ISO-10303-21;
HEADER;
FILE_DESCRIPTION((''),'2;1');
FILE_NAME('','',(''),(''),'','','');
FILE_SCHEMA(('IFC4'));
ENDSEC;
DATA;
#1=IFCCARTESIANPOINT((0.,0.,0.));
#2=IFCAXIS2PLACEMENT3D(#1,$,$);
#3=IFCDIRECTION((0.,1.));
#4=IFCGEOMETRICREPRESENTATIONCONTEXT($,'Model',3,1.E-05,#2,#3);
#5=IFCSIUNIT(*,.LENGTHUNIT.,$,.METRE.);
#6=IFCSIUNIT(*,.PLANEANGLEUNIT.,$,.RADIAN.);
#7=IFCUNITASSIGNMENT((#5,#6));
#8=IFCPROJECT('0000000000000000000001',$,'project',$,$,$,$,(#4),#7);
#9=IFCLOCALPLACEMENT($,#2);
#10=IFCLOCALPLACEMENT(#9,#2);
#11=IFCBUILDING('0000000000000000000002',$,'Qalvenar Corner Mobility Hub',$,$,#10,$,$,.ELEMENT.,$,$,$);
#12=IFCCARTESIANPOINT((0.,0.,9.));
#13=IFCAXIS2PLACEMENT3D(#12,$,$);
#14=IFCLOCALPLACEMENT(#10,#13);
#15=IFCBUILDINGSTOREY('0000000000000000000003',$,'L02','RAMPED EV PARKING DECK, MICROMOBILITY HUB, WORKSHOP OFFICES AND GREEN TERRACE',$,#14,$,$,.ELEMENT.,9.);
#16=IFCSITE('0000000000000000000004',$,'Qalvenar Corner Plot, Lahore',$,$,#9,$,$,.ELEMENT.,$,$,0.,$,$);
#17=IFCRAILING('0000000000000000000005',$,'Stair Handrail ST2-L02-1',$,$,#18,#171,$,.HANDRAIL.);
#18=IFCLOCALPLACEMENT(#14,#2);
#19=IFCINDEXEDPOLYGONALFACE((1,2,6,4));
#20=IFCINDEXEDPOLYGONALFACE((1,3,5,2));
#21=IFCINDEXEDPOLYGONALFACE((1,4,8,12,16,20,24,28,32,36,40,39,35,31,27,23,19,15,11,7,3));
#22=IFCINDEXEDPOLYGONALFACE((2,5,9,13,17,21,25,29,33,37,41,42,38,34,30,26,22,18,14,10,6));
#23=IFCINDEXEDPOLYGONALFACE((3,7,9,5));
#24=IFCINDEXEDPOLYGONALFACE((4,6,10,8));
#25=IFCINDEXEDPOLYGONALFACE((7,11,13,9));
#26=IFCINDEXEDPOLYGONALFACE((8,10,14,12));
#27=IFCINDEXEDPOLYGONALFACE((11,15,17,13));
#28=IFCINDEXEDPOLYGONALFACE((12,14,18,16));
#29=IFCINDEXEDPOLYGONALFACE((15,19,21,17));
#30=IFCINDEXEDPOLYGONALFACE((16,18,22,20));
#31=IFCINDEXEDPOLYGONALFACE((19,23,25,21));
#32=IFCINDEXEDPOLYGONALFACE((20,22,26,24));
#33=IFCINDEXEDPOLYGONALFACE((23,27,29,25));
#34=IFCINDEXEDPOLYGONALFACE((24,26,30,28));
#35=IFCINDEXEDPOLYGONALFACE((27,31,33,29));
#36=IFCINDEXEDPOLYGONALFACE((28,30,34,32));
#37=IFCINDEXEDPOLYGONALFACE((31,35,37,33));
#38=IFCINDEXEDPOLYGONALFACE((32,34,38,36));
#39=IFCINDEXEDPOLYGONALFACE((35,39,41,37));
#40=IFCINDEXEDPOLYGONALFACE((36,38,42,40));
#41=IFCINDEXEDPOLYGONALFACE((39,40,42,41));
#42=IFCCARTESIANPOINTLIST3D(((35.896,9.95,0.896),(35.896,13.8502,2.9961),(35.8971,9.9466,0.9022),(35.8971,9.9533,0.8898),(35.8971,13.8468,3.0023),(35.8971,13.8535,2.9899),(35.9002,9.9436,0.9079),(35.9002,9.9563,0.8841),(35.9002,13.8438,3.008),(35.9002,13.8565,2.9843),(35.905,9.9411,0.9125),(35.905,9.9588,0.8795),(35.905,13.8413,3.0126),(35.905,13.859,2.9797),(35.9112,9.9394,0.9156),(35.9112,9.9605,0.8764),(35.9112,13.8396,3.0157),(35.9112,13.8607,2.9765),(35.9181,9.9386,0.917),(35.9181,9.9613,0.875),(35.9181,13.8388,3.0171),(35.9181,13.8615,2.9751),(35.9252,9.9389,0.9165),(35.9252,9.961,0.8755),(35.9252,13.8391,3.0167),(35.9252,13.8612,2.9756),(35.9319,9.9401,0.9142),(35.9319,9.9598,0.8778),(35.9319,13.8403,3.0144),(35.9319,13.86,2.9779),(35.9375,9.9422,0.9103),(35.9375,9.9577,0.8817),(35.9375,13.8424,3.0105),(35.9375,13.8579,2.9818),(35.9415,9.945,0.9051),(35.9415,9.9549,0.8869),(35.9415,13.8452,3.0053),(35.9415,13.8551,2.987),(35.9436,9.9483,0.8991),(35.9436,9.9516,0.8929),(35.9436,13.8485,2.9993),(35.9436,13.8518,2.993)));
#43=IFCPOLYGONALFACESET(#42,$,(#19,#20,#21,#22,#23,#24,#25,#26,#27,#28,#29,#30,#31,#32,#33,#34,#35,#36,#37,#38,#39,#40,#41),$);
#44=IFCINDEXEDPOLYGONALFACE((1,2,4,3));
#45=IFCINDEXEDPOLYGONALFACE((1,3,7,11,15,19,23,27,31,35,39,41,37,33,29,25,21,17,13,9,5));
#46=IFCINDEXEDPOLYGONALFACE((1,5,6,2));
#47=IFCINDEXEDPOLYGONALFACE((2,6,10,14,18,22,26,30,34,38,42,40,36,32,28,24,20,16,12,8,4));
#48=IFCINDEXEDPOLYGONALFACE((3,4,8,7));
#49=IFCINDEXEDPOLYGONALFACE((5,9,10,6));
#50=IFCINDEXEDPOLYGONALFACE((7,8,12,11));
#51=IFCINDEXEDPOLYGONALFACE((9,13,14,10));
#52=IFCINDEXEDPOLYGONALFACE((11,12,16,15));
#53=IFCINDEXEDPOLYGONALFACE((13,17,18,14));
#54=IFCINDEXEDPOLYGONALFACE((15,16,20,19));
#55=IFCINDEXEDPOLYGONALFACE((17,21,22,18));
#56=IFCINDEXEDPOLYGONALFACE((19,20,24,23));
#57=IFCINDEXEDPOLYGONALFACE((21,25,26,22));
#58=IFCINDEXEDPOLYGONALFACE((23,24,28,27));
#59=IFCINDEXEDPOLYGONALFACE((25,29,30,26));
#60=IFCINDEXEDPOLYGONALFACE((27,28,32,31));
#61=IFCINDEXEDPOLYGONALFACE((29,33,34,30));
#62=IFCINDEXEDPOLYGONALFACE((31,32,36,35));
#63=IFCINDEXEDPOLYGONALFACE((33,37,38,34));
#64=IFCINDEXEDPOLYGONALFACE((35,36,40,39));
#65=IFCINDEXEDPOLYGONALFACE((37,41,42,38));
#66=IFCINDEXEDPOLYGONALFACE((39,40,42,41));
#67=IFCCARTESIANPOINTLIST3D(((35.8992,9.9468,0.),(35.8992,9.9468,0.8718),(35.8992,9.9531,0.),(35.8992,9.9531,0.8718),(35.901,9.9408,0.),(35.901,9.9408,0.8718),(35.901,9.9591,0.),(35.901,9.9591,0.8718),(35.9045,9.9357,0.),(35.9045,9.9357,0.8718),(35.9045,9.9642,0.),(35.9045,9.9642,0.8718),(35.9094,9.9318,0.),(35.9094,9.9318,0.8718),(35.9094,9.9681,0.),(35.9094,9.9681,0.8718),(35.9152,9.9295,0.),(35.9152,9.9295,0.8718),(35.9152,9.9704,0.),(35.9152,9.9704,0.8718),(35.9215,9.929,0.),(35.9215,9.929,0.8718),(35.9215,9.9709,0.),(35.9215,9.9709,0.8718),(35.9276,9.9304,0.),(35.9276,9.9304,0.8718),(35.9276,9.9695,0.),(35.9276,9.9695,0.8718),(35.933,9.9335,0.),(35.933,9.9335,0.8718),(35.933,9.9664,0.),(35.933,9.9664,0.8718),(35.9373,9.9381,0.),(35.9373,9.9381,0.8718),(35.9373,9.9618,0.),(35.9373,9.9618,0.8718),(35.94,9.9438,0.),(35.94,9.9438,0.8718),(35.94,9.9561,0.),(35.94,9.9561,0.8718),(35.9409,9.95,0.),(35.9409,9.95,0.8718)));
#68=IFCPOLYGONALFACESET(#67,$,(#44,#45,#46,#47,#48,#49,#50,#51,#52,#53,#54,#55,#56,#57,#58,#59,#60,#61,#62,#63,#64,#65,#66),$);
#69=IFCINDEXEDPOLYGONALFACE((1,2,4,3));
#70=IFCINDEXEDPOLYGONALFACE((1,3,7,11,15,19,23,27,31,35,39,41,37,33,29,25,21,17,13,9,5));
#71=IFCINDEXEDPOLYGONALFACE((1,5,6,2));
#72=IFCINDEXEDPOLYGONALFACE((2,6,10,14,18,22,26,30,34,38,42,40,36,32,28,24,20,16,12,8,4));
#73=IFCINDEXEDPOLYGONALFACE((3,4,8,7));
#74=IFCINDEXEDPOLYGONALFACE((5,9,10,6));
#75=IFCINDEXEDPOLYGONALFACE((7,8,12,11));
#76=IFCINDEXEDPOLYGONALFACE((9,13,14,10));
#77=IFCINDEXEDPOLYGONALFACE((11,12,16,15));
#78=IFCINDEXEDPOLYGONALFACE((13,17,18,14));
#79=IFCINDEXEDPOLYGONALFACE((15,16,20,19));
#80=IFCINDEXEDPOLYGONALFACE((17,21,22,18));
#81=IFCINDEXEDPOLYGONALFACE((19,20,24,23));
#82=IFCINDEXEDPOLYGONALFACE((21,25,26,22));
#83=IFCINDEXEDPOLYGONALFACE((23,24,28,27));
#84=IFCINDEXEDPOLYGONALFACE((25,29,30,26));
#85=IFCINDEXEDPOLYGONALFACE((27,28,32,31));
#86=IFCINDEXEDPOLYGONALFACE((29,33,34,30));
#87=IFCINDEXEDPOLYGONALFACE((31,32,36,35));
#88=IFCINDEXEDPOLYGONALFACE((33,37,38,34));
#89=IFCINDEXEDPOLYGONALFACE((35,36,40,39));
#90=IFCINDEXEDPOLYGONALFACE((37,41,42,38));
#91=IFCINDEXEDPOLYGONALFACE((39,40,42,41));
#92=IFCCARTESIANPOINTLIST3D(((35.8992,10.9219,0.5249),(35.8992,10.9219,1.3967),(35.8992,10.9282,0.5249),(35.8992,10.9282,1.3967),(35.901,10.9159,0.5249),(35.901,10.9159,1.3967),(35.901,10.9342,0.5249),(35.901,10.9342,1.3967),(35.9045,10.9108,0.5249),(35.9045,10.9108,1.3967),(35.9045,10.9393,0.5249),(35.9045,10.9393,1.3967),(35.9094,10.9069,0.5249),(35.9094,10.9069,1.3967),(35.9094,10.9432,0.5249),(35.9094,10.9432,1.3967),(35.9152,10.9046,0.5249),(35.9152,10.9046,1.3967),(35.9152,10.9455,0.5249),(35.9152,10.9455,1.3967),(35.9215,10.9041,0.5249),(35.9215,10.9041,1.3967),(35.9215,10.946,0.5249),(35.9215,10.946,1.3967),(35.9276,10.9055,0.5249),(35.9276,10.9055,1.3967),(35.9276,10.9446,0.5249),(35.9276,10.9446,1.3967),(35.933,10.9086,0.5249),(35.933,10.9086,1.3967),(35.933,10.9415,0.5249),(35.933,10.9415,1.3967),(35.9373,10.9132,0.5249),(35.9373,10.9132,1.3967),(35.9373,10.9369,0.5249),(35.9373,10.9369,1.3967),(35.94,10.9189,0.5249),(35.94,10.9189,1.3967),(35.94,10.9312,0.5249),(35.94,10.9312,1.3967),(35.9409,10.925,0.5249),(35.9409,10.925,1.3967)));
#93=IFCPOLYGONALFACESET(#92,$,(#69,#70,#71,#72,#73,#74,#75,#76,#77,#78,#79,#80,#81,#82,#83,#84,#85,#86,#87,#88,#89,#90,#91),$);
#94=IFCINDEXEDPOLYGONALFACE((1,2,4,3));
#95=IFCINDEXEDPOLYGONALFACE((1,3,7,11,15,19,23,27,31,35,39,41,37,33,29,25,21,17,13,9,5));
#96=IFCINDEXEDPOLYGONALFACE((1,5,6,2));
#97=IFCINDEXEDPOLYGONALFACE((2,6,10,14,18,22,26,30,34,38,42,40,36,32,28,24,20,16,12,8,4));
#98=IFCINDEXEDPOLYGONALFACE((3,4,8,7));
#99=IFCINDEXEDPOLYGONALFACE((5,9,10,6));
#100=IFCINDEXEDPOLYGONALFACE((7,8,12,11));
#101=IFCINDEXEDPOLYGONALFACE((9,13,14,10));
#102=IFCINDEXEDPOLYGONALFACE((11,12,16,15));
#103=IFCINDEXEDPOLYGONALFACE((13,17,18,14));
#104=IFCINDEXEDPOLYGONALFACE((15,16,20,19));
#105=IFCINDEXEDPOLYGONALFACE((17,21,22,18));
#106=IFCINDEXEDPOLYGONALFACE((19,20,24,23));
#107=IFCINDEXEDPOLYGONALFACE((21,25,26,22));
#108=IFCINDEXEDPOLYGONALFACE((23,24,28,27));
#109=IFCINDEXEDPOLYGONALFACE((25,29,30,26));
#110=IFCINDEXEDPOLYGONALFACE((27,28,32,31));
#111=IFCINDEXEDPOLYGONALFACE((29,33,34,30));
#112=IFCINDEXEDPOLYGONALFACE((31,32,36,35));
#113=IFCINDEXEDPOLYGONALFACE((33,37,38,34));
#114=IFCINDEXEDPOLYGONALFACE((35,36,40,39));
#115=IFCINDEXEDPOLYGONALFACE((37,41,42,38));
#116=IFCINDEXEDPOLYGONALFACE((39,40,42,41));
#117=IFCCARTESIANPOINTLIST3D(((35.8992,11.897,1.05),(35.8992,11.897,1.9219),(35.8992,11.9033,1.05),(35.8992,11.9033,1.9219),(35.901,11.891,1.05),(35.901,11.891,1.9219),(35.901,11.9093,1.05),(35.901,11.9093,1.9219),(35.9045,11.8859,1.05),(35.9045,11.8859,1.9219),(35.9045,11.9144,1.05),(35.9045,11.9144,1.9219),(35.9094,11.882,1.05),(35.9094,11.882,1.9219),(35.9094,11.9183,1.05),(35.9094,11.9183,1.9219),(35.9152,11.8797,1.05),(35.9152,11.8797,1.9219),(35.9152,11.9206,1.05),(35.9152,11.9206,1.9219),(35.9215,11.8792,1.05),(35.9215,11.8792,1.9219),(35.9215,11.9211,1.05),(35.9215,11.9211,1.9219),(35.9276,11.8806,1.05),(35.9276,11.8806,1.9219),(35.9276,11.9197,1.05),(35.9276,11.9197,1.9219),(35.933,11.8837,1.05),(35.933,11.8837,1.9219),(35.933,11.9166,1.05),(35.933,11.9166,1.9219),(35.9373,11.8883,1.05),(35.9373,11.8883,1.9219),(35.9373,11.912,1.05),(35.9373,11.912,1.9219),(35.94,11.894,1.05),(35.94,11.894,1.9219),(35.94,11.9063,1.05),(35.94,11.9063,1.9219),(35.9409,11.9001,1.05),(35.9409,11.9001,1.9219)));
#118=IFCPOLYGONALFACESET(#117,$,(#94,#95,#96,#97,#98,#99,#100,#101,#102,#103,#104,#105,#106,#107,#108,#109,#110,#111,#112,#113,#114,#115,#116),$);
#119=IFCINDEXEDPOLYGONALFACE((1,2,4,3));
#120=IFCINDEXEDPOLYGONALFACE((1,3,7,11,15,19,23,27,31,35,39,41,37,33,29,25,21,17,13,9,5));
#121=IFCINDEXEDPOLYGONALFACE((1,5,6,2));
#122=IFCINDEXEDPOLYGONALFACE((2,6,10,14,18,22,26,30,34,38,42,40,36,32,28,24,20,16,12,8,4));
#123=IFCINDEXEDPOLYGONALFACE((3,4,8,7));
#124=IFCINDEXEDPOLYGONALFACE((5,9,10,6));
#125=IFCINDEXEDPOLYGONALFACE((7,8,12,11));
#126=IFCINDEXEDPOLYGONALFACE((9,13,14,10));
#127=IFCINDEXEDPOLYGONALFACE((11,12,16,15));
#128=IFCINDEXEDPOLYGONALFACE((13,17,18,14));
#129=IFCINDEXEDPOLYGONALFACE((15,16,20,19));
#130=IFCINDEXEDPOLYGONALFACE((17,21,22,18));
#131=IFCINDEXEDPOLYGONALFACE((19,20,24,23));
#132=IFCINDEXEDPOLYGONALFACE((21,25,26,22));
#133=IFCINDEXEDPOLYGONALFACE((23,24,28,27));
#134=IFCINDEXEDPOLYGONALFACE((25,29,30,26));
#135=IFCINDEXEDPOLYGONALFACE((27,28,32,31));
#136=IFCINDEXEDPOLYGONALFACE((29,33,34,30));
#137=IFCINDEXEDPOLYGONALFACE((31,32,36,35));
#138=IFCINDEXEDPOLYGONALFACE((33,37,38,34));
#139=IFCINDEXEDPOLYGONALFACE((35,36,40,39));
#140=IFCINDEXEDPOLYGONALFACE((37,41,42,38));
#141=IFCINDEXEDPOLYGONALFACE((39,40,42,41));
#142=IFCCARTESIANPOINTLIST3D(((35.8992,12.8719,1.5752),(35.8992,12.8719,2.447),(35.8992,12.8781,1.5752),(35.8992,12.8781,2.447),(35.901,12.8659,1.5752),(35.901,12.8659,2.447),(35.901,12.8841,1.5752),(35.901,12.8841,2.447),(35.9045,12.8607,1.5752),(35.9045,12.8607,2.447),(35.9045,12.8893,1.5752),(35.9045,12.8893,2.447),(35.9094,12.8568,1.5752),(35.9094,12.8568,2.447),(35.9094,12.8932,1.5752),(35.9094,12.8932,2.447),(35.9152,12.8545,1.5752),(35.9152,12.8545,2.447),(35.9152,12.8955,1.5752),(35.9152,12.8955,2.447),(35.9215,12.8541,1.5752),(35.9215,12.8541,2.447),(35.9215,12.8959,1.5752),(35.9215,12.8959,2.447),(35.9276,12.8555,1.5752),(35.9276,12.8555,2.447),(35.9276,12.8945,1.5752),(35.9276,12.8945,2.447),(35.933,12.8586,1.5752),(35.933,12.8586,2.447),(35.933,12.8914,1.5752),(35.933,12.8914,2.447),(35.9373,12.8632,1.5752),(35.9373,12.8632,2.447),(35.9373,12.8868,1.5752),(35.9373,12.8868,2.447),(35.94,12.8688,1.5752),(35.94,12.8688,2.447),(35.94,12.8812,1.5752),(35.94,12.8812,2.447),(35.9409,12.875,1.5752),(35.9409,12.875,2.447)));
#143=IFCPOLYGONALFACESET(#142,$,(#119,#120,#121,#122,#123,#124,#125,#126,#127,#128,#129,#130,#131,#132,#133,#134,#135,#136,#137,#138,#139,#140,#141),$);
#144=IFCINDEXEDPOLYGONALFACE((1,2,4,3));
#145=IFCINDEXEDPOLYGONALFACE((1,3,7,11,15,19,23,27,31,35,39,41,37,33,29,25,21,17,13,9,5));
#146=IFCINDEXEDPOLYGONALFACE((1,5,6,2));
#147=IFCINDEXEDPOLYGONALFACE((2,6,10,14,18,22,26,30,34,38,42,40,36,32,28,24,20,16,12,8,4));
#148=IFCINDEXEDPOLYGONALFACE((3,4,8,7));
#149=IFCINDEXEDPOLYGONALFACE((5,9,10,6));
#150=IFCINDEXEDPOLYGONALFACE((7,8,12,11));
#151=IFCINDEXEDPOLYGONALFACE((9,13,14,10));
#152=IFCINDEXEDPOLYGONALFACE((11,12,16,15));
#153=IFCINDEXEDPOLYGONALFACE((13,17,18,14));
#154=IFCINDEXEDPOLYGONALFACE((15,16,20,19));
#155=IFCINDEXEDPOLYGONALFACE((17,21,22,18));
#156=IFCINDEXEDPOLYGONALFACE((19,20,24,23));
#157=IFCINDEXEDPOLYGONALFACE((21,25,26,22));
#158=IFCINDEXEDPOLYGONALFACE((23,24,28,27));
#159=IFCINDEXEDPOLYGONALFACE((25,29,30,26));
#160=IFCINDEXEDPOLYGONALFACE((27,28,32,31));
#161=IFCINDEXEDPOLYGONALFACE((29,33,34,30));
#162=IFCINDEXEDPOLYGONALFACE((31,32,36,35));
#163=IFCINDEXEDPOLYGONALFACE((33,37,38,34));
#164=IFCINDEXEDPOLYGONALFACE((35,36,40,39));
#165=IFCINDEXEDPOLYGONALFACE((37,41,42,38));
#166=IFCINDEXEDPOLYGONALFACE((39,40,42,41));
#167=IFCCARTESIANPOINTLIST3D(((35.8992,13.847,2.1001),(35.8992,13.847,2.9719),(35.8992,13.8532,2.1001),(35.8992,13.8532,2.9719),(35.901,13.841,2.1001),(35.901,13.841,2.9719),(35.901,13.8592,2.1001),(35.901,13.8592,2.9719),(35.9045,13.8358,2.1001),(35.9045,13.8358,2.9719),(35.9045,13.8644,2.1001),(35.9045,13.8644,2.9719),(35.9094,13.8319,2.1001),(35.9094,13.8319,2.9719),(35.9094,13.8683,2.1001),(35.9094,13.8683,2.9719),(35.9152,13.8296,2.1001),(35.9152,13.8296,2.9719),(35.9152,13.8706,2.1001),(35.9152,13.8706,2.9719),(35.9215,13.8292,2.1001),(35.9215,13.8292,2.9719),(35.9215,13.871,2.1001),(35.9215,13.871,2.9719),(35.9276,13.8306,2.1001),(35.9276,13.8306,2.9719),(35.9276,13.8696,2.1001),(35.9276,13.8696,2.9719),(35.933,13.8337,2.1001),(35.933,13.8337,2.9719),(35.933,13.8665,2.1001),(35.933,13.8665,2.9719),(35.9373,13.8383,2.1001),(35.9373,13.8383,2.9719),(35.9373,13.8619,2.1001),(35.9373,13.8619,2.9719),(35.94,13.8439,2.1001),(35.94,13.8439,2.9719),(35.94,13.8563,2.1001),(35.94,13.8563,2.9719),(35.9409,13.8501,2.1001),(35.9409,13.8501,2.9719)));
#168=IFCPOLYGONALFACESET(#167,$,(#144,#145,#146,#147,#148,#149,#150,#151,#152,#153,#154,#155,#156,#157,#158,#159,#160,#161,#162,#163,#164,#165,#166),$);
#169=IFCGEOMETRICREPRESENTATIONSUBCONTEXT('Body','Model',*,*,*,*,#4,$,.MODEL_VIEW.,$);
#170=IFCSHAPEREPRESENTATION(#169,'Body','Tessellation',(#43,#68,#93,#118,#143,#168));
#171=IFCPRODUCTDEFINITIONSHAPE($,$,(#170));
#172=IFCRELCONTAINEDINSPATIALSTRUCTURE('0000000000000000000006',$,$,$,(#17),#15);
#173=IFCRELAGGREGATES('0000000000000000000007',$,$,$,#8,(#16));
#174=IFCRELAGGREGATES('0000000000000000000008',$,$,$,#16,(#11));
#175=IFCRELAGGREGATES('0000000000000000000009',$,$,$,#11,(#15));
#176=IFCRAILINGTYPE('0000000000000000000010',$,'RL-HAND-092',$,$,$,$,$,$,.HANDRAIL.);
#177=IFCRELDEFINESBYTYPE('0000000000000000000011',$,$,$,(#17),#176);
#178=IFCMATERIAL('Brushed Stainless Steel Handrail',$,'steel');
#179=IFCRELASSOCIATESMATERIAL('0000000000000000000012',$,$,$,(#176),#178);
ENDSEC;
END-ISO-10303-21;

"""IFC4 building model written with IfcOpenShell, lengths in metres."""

from ifc_helpers import new_model, si_unit, direction, frame, origin, origin_2d, place, context, subcontext, project, spatial, circle, extrude, material, type_object, element, save


model = new_model("IFC4")

# Units and contexts
model_context = context("Model", 3, precision=1e-05, world=origin(), true_north=direction((0.0, 1.0)))
body_context = subcontext(model_context, "Body", "Model", "MODEL_VIEW")
ifc_project = project(units=[si_unit("LENGTHUNIT", "METRE"), si_unit("PLANEANGLEUNIT", "RADIAN")], contexts=[model_context])

# Site, building, storey
site_placement = place(None, origin())
site = spatial("IfcSite", under=ifc_project, at=site_placement, Name="Qalvenar Corner Plot, Lahore", CompositionType="ELEMENT", RefElevation=0.0)
building_placement = place(site_placement, origin())
building = spatial("IfcBuilding", under=site, at=building_placement, Name="Qalvenar Corner Mobility Hub", CompositionType="ELEMENT")
storey_placement = place(building_placement, frame((0.0, 0.0, 9.0)))
storey = spatial("IfcBuildingStorey", under=building, at=storey_placement, Name="L02", Description="RAMPED EV PARKING DECK, MICROMOBILITY HUB, WORKSHOP OFFICES AND GREEN TERRACE", CompositionType="ELEMENT", Elevation=9.0)

# Railing
ifc_material_1 = material(Name="Brushed Stainless Steel Handrail", Category="steel")
railing_type_1 = type_object("IfcRailingType", Name="RL-HAND-092", PredefinedType="HANDRAIL", material=ifc_material_1)
railing_1_placement = place(storey_placement, frame((35.9199, 9.95, 0.0)))
element("IfcRailing", 1, at=railing_1_placement, inside=storey, type_object=railing_type_1, Name="Stair Handrail ST2-L02-1", PredefinedType="HANDRAIL", context=body_context, shape_type="SweptSolid", body=[
    extrude(circle(Radius=0.0239, at=origin_2d()), frame((0.0, 0.0, 0.896), z_axis=(0.0, 0.880469, 0.474103), x_axis=(-1.0, 0.0, 0.0)), (0.0, 0.0, 1.0), 4.4297),
    extrude(circle(Radius=0.021, at=origin_2d()), origin(), (0.0, 0.0, 1.0), 0.8718),
    extrude(circle(Radius=0.021, at=origin_2d()), frame((0.0, 0.9751, 0.5249)), (0.0, 0.0, 1.0), 0.8718),
    extrude(circle(Radius=0.021, at=origin_2d()), frame((0.0, 1.9502, 1.05)), (0.0, 0.0, 1.0), 0.8718),
    extrude(circle(Radius=0.021, at=origin_2d()), frame((0.0, 2.925, 1.5752)), (0.0, 0.0, 1.0), 0.8718),
    extrude(circle(Radius=0.021, at=origin_2d()), frame((0.0, 3.9001, 2.1001)), (0.0, 0.0, 1.0), 0.8718),
])

save(model, "model.ifc")
